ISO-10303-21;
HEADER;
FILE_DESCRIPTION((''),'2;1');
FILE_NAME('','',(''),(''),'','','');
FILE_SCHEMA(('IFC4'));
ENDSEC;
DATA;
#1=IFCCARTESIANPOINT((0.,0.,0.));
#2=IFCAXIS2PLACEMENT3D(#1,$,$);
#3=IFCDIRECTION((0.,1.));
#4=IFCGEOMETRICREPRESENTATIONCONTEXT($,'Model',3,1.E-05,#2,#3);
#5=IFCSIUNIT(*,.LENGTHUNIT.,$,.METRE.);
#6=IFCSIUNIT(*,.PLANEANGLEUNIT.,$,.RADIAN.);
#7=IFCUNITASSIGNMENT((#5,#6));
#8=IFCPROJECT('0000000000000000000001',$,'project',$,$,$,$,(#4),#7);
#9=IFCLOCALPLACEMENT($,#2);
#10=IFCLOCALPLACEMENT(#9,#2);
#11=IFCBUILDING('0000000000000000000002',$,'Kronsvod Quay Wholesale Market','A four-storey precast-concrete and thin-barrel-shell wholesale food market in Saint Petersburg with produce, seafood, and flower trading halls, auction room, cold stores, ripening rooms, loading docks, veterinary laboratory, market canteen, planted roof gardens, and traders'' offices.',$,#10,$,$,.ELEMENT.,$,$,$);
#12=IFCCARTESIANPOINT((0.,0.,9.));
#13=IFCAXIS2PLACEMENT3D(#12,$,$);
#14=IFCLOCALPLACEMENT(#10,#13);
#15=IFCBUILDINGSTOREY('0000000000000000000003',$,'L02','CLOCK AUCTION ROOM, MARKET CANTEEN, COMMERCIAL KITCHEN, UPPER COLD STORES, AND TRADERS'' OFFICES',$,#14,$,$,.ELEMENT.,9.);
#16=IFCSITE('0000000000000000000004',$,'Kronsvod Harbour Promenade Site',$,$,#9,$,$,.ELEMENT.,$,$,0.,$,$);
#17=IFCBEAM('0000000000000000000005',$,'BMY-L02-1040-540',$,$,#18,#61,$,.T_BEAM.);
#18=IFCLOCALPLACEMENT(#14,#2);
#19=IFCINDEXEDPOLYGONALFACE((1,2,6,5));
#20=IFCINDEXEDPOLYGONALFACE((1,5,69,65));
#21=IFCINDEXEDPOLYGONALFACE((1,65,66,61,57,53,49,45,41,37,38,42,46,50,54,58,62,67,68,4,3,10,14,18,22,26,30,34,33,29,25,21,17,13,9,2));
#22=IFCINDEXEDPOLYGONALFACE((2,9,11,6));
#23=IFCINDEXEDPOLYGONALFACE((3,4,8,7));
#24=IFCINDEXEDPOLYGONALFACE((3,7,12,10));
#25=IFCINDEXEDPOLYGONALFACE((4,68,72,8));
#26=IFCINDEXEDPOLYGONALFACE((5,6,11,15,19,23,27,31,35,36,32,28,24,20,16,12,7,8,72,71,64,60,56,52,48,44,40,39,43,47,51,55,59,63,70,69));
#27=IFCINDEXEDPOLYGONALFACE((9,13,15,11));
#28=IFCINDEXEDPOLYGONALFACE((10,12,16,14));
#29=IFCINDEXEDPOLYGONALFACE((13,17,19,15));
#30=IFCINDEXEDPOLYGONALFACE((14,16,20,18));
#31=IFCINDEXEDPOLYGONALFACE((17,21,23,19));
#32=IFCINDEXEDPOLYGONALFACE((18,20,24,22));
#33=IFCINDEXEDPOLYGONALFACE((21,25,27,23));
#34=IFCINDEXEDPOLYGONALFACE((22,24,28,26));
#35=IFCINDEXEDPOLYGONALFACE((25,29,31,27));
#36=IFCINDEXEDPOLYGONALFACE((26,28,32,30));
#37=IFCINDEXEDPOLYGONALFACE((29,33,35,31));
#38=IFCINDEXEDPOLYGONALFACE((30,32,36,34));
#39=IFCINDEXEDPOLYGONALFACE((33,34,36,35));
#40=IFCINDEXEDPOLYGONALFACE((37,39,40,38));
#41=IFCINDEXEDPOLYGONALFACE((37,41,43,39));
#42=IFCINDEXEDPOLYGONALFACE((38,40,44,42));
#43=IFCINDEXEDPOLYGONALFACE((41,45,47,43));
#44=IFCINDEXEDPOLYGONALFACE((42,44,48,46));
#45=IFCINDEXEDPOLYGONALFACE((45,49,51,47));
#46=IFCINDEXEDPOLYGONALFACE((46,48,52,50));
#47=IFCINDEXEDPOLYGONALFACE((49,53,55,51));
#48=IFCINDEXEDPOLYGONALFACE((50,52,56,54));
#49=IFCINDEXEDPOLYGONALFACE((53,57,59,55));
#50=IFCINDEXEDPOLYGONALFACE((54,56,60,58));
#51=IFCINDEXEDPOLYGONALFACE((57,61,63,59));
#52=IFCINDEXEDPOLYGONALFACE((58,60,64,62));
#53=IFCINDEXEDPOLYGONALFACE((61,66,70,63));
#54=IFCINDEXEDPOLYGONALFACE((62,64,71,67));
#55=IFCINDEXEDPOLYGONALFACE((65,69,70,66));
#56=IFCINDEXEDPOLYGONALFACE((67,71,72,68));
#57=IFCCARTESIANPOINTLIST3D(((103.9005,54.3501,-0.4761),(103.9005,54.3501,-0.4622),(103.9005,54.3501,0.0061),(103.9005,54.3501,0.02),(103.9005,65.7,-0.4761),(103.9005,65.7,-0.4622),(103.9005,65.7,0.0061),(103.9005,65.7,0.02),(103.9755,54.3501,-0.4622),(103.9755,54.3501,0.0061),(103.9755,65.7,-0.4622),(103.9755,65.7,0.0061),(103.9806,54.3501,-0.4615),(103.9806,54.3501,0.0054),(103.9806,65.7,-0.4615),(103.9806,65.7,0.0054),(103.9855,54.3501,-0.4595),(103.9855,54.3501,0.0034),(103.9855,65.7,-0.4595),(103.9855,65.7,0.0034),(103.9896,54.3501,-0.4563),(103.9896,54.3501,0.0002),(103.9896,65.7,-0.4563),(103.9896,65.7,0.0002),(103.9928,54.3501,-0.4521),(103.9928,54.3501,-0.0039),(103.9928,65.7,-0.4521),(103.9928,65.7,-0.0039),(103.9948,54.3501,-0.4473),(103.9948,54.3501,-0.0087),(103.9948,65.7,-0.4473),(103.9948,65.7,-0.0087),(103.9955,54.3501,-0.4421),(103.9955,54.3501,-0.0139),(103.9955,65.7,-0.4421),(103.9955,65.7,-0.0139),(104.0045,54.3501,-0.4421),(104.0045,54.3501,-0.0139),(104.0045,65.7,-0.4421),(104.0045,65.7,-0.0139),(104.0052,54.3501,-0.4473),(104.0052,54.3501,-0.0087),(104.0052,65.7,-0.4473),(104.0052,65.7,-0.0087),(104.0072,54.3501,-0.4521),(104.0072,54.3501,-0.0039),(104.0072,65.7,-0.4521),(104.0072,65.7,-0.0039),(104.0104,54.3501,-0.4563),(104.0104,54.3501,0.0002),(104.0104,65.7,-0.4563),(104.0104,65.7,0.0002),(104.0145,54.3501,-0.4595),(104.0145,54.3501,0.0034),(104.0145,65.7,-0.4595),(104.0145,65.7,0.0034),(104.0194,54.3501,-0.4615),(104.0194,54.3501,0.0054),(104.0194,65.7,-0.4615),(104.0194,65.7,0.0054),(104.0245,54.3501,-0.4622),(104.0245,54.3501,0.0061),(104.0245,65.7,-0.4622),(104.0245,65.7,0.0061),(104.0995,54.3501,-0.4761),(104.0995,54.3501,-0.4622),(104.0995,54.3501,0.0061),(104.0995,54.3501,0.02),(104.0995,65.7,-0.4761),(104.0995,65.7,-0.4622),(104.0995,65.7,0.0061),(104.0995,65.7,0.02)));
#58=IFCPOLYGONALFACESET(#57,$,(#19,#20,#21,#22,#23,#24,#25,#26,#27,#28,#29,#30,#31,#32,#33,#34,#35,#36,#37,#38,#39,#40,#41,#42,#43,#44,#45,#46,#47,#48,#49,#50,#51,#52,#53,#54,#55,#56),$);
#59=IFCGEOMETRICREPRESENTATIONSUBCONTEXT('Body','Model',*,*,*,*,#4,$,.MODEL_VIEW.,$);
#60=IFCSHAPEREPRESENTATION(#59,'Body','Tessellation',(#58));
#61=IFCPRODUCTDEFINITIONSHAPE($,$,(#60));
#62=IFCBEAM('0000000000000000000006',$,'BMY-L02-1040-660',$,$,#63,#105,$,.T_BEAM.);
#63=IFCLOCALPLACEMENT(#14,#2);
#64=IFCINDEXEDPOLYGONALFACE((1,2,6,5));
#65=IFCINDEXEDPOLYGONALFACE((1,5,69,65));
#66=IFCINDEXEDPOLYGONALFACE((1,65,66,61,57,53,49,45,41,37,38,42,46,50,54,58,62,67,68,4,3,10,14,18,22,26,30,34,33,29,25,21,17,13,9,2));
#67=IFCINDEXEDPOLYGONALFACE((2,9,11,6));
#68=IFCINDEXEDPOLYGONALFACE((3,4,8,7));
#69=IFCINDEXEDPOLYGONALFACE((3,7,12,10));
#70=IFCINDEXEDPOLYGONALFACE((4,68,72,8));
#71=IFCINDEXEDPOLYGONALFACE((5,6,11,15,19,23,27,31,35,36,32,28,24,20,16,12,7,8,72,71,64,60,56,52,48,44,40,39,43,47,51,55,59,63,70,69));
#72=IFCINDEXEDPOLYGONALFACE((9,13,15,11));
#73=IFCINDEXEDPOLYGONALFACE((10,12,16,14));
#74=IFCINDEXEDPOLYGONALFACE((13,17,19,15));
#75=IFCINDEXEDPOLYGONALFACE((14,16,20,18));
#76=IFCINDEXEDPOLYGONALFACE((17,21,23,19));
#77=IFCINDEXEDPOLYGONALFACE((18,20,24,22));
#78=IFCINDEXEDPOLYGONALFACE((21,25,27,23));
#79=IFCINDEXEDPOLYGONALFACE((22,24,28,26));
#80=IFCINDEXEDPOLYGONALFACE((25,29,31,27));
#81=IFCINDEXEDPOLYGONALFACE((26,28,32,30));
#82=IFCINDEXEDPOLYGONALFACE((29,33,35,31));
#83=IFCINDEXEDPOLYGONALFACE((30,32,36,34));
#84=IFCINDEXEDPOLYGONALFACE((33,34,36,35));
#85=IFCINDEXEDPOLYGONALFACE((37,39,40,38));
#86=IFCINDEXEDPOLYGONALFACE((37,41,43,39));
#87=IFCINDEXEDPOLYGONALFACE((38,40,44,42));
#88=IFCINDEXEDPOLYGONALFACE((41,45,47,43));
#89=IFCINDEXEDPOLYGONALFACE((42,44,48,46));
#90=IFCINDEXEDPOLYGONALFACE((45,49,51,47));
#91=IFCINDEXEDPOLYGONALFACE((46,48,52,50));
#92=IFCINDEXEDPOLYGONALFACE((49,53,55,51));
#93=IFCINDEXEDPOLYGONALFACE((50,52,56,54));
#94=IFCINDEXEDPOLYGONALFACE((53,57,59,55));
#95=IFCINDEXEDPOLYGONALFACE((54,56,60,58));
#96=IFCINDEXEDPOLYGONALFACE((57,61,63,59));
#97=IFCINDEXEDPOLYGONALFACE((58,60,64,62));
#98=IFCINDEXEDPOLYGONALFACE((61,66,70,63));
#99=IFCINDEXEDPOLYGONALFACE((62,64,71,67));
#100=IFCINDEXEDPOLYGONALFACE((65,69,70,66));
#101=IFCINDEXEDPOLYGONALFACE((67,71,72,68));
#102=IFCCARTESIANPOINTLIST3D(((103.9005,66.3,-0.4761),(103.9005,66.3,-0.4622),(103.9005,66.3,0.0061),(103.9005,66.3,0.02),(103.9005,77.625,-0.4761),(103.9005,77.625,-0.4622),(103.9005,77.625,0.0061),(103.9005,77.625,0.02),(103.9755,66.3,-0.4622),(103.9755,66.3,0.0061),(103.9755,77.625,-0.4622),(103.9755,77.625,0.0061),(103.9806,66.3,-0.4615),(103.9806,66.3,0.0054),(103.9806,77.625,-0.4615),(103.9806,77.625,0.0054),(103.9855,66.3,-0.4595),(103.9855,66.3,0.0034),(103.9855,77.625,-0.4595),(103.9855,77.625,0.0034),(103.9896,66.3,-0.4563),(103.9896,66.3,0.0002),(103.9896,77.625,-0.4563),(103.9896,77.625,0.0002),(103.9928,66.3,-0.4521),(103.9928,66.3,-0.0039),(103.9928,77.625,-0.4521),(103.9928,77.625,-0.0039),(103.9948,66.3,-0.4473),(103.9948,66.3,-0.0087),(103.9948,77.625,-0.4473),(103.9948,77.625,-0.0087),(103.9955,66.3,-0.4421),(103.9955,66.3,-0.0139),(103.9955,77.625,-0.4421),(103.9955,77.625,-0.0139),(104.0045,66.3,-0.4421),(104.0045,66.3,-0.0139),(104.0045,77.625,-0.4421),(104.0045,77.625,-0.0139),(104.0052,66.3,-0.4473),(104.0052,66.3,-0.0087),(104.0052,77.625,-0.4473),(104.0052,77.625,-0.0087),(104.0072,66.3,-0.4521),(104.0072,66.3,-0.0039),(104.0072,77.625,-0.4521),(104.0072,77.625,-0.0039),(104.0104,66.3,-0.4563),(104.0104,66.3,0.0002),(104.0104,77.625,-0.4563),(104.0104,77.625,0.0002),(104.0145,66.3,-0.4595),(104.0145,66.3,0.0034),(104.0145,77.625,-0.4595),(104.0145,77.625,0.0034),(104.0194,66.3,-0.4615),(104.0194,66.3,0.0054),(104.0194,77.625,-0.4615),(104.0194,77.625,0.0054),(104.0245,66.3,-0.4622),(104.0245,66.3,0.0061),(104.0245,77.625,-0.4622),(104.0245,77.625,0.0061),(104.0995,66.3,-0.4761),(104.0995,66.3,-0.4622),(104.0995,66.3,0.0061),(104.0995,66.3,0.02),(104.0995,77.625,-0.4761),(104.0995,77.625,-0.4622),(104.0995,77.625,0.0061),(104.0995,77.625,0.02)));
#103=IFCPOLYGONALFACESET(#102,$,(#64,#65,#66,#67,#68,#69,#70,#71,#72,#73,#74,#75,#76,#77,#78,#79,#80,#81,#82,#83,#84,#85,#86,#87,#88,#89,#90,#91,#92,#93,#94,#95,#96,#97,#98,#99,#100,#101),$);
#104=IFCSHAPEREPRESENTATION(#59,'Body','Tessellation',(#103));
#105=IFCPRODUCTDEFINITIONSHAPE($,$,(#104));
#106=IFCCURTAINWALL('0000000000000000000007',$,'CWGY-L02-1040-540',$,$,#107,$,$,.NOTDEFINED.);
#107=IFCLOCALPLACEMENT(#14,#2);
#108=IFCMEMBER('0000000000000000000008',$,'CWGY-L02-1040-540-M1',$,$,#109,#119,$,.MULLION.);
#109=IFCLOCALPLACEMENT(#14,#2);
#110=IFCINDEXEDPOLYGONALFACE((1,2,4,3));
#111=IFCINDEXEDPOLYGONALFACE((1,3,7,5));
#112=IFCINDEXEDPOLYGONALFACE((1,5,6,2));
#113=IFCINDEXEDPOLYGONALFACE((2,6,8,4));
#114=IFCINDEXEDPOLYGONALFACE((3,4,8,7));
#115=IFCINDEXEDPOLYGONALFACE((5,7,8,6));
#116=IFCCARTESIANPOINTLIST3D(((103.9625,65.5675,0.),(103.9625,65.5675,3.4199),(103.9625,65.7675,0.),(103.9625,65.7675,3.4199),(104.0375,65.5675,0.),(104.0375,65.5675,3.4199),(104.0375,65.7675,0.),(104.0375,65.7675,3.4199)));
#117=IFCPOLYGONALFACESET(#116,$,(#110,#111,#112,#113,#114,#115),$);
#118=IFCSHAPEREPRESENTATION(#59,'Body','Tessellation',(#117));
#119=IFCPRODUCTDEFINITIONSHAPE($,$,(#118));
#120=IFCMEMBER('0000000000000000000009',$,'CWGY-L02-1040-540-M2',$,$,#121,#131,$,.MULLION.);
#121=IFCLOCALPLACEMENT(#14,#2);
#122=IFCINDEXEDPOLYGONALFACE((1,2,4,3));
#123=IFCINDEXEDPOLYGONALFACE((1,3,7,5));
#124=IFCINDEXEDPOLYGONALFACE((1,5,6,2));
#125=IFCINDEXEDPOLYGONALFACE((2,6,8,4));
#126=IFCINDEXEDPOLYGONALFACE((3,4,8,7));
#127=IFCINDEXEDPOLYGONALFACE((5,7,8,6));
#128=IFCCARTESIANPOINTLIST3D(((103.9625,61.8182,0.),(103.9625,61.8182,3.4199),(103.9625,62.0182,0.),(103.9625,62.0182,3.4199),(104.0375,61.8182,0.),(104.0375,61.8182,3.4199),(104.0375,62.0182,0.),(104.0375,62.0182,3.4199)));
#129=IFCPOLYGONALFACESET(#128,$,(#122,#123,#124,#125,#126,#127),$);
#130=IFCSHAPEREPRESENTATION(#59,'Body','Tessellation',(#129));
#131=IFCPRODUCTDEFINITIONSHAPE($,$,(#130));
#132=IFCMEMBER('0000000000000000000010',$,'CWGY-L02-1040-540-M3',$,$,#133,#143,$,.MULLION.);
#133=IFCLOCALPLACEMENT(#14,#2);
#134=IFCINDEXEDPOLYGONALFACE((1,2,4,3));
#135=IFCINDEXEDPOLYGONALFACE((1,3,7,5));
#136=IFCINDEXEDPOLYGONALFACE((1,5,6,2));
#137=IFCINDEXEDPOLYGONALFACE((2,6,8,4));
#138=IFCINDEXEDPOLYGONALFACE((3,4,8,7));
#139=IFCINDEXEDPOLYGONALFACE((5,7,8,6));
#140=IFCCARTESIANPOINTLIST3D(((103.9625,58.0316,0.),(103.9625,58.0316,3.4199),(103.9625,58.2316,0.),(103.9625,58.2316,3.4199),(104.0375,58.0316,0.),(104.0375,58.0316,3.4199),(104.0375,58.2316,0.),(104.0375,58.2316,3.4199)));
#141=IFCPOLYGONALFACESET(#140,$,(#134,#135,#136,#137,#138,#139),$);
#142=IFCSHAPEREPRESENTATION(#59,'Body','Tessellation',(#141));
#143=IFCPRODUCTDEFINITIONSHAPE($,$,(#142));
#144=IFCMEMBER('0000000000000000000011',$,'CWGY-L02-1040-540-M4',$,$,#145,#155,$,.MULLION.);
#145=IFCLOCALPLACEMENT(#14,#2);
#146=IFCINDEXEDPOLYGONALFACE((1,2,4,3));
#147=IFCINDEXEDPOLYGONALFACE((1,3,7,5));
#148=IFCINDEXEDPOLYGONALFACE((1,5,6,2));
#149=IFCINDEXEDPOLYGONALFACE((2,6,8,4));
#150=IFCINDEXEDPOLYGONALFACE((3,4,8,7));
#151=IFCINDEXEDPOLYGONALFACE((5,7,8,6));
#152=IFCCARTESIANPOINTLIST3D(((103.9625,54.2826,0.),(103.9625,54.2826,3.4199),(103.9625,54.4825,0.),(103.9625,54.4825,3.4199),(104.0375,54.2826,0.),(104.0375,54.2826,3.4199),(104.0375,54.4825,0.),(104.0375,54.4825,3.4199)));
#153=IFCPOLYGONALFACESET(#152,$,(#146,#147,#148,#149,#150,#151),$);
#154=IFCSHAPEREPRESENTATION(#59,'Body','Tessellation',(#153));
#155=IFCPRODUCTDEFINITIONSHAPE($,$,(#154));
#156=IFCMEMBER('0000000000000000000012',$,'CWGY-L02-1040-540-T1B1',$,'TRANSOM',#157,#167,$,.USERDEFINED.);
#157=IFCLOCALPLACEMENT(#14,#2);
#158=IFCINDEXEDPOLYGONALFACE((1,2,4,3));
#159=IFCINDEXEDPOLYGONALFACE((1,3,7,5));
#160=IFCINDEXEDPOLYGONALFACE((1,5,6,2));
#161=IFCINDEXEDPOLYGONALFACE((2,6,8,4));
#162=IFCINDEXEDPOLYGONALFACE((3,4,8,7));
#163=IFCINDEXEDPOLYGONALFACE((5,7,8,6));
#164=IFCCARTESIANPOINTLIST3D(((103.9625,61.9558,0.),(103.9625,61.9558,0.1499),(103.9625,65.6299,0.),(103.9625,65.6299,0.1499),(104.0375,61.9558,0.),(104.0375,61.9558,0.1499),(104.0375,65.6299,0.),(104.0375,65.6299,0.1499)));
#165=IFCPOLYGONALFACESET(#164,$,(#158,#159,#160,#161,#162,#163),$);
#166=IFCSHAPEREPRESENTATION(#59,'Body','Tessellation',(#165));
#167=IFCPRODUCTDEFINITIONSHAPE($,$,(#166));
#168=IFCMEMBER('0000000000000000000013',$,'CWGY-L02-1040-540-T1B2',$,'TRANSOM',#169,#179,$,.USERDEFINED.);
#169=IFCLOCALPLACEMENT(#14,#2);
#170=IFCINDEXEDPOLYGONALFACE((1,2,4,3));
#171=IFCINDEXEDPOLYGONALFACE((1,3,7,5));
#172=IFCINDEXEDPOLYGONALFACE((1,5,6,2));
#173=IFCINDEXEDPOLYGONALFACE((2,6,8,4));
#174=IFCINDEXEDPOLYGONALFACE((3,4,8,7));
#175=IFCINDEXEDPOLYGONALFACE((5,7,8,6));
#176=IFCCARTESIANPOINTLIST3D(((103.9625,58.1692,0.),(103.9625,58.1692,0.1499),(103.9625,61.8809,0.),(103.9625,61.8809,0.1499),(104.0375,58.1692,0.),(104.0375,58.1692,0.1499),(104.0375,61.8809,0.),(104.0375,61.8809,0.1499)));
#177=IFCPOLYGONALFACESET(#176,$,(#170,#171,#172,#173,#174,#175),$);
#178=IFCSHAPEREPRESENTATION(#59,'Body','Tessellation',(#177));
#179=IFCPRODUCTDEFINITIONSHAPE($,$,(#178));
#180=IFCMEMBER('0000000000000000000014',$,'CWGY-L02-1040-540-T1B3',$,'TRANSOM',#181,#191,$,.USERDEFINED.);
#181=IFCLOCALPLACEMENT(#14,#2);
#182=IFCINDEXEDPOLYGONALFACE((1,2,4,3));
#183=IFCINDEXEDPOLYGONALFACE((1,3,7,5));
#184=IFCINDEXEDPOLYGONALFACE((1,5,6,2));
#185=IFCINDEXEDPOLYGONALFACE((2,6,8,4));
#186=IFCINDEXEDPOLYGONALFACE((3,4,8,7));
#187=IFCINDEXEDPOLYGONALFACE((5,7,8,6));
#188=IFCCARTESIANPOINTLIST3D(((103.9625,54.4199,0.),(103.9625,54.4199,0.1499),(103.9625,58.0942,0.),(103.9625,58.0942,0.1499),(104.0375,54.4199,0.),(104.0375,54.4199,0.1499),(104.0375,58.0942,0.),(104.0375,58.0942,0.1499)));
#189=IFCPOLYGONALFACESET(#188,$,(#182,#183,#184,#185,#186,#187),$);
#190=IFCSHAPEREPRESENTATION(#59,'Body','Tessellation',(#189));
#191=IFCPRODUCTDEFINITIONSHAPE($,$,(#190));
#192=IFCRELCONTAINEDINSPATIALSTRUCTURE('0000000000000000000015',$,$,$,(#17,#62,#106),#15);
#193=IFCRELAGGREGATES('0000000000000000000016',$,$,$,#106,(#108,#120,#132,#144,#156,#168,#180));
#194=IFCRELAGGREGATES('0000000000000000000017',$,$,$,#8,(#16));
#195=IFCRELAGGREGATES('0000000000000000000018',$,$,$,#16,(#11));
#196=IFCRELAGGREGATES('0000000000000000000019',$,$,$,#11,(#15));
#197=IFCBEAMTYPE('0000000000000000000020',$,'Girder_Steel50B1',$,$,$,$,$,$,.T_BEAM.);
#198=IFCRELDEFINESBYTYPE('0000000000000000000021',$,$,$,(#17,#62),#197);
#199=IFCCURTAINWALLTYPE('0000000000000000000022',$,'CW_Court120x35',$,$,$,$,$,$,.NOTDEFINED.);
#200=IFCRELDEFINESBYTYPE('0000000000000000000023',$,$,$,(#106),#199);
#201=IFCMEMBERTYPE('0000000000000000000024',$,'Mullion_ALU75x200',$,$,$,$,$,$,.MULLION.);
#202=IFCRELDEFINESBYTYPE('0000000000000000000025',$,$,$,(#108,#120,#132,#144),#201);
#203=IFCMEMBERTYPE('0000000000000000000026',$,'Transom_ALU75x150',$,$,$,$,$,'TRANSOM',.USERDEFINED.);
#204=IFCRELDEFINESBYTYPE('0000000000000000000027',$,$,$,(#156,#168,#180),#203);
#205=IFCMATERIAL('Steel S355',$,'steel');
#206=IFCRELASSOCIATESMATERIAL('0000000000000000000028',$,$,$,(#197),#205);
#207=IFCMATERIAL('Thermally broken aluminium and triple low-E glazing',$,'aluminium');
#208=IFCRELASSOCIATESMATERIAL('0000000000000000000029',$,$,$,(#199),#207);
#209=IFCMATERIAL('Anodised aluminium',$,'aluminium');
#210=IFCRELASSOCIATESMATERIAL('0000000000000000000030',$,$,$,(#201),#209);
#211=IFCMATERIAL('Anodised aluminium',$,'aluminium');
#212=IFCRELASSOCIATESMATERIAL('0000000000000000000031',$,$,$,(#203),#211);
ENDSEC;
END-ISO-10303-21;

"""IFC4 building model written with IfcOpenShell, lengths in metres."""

from ifc_helpers import new_model, si_unit, direction, frame, origin, origin_2d, place, context, subcontext, project, spatial, rectangle, i_section, extrude, material, material_profile, profile_set, type_object, element, aggregate, save


model = new_model("IFC4")

# Units and contexts
model_context = context("Model", 3, precision=1e-05, world=origin(), true_north=direction((0.0, 1.0)))
body_context = subcontext(model_context, "Body", "Model", "MODEL_VIEW")
ifc_project = project(units=[si_unit("LENGTHUNIT", "METRE"), si_unit("PLANEANGLEUNIT", "RADIAN")], contexts=[model_context])

# Site, building, storey
site_placement = place(None, origin())
site = spatial("IfcSite", under=ifc_project, at=site_placement, Name="Kronsvod Harbour Promenade Site", CompositionType="ELEMENT", RefElevation=0.0)
building_placement = place(site_placement, origin())
building = spatial("IfcBuilding", under=site, at=building_placement, Name="Kronsvod Quay Wholesale Market", Description="A four-storey precast-concrete and thin-barrel-shell wholesale food market in Saint Petersburg with produce, seafood, and flower trading halls, auction room, cold stores, ripening rooms, loading docks, veterinary laboratory, market canteen, planted roof gardens, and traders' offices.", CompositionType="ELEMENT")
storey_placement = place(building_placement, frame((0.0, 0.0, 9.0)))
storey = spatial("IfcBuildingStorey", under=building, at=storey_placement, Name="L02", Description="CLOCK AUCTION ROOM, MARKET CANTEEN, COMMERCIAL KITCHEN, UPPER COLD STORES, AND TRADERS' OFFICES", CompositionType="ELEMENT", Elevation=9.0)

# Beams
ifc_material_1 = material(Name="Steel S355", Category="steel")
ifc_material_profile_1 = material_profile(ifc_material_1, i_section(OverallWidth=0.199, OverallDepth=0.4961, WebThickness=0.009, FlangeThickness=0.0139, FilletRadius=0.02, at=origin_2d()), Name="50B1")
ifc_profile_set_1 = profile_set([ifc_material_profile_1], Name="Steel S355")
beam_type = type_object("IfcBeamType", Name="Girder_Steel50B1", PredefinedType="T_BEAM", material=ifc_profile_set_1)
beam_1_placement = place(storey_placement, frame((104.0, 54.3501, -0.228), z_axis=(0.0, 1.0, 0.0), x_axis=(-1.0, 0.0, 0.0)))
element("IfcBeam", 1, at=beam_1_placement, inside=storey, type_object=beam_type, Name="BMY-L02-1040-540", PredefinedType="T_BEAM", context=body_context, shape_type="SweptSolid", body=[
    extrude(i_section(OverallWidth=0.199, OverallDepth=0.4961, WebThickness=0.009, FlangeThickness=0.0139, FilletRadius=0.02, at=origin_2d()), origin(), (0.0, 0.0, 1.0), 11.3499),
])
beam_2_placement = place(storey_placement, frame((104.0, 66.3, -0.228), z_axis=(0.0, 1.0, 0.0), x_axis=(-1.0, 0.0, 0.0)))
element("IfcBeam", 2, at=beam_2_placement, inside=storey, type_object=beam_type, Name="BMY-L02-1040-660", PredefinedType="T_BEAM", context=body_context, shape_type="SweptSolid", body=[
    extrude(i_section(OverallWidth=0.199, OverallDepth=0.4961, WebThickness=0.009, FlangeThickness=0.0139, FilletRadius=0.02, at=origin_2d()), origin(), (0.0, 0.0, 1.0), 11.325),
])

# Curtain wall, members
ifc_material_2 = material(Name="Thermally broken aluminium and triple low-E glazing", Category="aluminium")
curtain_wall_type = type_object("IfcCurtainWallType", Name="CW_Court120x35", PredefinedType="NOTDEFINED", material=ifc_material_2)
curtain_wall_placement = place(storey_placement, origin())
curtain_wall = element("IfcCurtainWall", 3, at=curtain_wall_placement, inside=storey, type_object=curtain_wall_type, Name="CWGY-L02-1040-540", PredefinedType="NOTDEFINED")
ifc_material_3 = material(Name="Anodised aluminium", Category="aluminium")
ifc_material_profile_2 = material_profile(ifc_material_3, rectangle(XDim=0.075, YDim=0.2, at=origin_2d()), Name="ALUM75x200")
ifc_profile_set_2 = profile_set([ifc_material_profile_2], Name="Anodised aluminium")
member_type_1 = type_object("IfcMemberType", Name="Mullion_ALU75x200", PredefinedType="MULLION", material=ifc_profile_set_2)
member_1_placement = place(storey_placement, frame((104.0, 65.6675, 0.0), z_axis=(0.0, 0.0, 1.0), x_axis=(1.0, 0.0, 0.0)))
member_1 = element("IfcMember", 4, at=member_1_placement, type_object=member_type_1, Name="CWGY-L02-1040-540-M1", PredefinedType="MULLION", context=body_context, shape_type="SweptSolid", body=[
    extrude(rectangle(XDim=0.075, YDim=0.2, at=origin_2d()), origin(), (0.0, 0.0, 1.0), 3.4199),
])
member_2_placement = place(storey_placement, frame((104.0, 61.9182, 0.0), z_axis=(0.0, 0.0, 1.0), x_axis=(1.0, 0.0, 0.0)))
member_2 = element("IfcMember", 5, at=member_2_placement, type_object=member_type_1, Name="CWGY-L02-1040-540-M2", PredefinedType="MULLION", context=body_context, shape_type="SweptSolid", body=[
    extrude(rectangle(XDim=0.075, YDim=0.2, at=origin_2d()), origin(), (0.0, 0.0, 1.0), 3.4199),
])
member_3_placement = place(storey_placement, frame((104.0, 58.1316, 0.0), z_axis=(0.0, 0.0, 1.0), x_axis=(1.0, 0.0, 0.0)))
member_3 = element("IfcMember", 6, at=member_3_placement, type_object=member_type_1, Name="CWGY-L02-1040-540-M3", PredefinedType="MULLION", context=body_context, shape_type="SweptSolid", body=[
    extrude(rectangle(XDim=0.075, YDim=0.2, at=origin_2d()), origin(), (0.0, 0.0, 1.0), 3.4199),
])
member_4_placement = place(storey_placement, frame((104.0, 54.3826, 0.0), z_axis=(0.0, 0.0, 1.0), x_axis=(1.0, 0.0, 0.0)))
member_4 = element("IfcMember", 7, at=member_4_placement, type_object=member_type_1, Name="CWGY-L02-1040-540-M4", PredefinedType="MULLION", context=body_context, shape_type="SweptSolid", body=[
    extrude(rectangle(XDim=0.075, YDim=0.2, at=origin_2d()), origin(), (0.0, 0.0, 1.0), 3.4199),
])
ifc_material_4 = material(Name="Anodised aluminium", Category="aluminium")
ifc_material_profile_3 = material_profile(ifc_material_4, rectangle(XDim=0.075, YDim=0.1499, at=origin_2d()), Name="ALUT75x150")
ifc_profile_set_3 = profile_set([ifc_material_profile_3], Name="Anodised aluminium")
member_type_2 = type_object("IfcMemberType", Name="Transom_ALU75x150", ElementType="TRANSOM", PredefinedType="USERDEFINED", material=ifc_profile_set_3)
member_5_placement = place(storey_placement, frame((104.0, 65.6299, 0.075), z_axis=(0.0, -1.0, 0.0), x_axis=(1.0, 0.0, 0.0)))
member_5 = element("IfcMember", 8, at=member_5_placement, type_object=member_type_2, Name="CWGY-L02-1040-540-T1B1", ObjectType="TRANSOM", PredefinedType="USERDEFINED", context=body_context, shape_type="SweptSolid", body=[
    extrude(rectangle(XDim=0.075, YDim=0.1499, at=origin_2d()), origin(), (0.0, 0.0, 1.0), 3.6741),
])
member_6_placement = place(storey_placement, frame((104.0, 61.8809, 0.075), z_axis=(0.0, -1.0, 0.0), x_axis=(1.0, 0.0, 0.0)))
member_6 = element("IfcMember", 9, at=member_6_placement, type_object=member_type_2, Name="CWGY-L02-1040-540-T1B2", ObjectType="TRANSOM", PredefinedType="USERDEFINED", context=body_context, shape_type="SweptSolid", body=[
    extrude(rectangle(XDim=0.075, YDim=0.1499, at=origin_2d()), origin(), (0.0, 0.0, 1.0), 3.7117),
])
member_7_placement = place(storey_placement, frame((104.0, 58.0942, 0.075), z_axis=(0.0, -1.0, 0.0), x_axis=(1.0, 0.0, 0.0)))
member_7 = element("IfcMember", 10, at=member_7_placement, type_object=member_type_2, Name="CWGY-L02-1040-540-T1B3", ObjectType="TRANSOM", PredefinedType="USERDEFINED", context=body_context, shape_type="SweptSolid", body=[
    extrude(rectangle(XDim=0.075, YDim=0.1499, at=origin_2d()), origin(), (0.0, 0.0, 1.0), 3.6743),
])
aggregate(curtain_wall, [member_1, member_2, member_3, member_4, member_5, member_6, member_7])

save(model, "model.ifc")
